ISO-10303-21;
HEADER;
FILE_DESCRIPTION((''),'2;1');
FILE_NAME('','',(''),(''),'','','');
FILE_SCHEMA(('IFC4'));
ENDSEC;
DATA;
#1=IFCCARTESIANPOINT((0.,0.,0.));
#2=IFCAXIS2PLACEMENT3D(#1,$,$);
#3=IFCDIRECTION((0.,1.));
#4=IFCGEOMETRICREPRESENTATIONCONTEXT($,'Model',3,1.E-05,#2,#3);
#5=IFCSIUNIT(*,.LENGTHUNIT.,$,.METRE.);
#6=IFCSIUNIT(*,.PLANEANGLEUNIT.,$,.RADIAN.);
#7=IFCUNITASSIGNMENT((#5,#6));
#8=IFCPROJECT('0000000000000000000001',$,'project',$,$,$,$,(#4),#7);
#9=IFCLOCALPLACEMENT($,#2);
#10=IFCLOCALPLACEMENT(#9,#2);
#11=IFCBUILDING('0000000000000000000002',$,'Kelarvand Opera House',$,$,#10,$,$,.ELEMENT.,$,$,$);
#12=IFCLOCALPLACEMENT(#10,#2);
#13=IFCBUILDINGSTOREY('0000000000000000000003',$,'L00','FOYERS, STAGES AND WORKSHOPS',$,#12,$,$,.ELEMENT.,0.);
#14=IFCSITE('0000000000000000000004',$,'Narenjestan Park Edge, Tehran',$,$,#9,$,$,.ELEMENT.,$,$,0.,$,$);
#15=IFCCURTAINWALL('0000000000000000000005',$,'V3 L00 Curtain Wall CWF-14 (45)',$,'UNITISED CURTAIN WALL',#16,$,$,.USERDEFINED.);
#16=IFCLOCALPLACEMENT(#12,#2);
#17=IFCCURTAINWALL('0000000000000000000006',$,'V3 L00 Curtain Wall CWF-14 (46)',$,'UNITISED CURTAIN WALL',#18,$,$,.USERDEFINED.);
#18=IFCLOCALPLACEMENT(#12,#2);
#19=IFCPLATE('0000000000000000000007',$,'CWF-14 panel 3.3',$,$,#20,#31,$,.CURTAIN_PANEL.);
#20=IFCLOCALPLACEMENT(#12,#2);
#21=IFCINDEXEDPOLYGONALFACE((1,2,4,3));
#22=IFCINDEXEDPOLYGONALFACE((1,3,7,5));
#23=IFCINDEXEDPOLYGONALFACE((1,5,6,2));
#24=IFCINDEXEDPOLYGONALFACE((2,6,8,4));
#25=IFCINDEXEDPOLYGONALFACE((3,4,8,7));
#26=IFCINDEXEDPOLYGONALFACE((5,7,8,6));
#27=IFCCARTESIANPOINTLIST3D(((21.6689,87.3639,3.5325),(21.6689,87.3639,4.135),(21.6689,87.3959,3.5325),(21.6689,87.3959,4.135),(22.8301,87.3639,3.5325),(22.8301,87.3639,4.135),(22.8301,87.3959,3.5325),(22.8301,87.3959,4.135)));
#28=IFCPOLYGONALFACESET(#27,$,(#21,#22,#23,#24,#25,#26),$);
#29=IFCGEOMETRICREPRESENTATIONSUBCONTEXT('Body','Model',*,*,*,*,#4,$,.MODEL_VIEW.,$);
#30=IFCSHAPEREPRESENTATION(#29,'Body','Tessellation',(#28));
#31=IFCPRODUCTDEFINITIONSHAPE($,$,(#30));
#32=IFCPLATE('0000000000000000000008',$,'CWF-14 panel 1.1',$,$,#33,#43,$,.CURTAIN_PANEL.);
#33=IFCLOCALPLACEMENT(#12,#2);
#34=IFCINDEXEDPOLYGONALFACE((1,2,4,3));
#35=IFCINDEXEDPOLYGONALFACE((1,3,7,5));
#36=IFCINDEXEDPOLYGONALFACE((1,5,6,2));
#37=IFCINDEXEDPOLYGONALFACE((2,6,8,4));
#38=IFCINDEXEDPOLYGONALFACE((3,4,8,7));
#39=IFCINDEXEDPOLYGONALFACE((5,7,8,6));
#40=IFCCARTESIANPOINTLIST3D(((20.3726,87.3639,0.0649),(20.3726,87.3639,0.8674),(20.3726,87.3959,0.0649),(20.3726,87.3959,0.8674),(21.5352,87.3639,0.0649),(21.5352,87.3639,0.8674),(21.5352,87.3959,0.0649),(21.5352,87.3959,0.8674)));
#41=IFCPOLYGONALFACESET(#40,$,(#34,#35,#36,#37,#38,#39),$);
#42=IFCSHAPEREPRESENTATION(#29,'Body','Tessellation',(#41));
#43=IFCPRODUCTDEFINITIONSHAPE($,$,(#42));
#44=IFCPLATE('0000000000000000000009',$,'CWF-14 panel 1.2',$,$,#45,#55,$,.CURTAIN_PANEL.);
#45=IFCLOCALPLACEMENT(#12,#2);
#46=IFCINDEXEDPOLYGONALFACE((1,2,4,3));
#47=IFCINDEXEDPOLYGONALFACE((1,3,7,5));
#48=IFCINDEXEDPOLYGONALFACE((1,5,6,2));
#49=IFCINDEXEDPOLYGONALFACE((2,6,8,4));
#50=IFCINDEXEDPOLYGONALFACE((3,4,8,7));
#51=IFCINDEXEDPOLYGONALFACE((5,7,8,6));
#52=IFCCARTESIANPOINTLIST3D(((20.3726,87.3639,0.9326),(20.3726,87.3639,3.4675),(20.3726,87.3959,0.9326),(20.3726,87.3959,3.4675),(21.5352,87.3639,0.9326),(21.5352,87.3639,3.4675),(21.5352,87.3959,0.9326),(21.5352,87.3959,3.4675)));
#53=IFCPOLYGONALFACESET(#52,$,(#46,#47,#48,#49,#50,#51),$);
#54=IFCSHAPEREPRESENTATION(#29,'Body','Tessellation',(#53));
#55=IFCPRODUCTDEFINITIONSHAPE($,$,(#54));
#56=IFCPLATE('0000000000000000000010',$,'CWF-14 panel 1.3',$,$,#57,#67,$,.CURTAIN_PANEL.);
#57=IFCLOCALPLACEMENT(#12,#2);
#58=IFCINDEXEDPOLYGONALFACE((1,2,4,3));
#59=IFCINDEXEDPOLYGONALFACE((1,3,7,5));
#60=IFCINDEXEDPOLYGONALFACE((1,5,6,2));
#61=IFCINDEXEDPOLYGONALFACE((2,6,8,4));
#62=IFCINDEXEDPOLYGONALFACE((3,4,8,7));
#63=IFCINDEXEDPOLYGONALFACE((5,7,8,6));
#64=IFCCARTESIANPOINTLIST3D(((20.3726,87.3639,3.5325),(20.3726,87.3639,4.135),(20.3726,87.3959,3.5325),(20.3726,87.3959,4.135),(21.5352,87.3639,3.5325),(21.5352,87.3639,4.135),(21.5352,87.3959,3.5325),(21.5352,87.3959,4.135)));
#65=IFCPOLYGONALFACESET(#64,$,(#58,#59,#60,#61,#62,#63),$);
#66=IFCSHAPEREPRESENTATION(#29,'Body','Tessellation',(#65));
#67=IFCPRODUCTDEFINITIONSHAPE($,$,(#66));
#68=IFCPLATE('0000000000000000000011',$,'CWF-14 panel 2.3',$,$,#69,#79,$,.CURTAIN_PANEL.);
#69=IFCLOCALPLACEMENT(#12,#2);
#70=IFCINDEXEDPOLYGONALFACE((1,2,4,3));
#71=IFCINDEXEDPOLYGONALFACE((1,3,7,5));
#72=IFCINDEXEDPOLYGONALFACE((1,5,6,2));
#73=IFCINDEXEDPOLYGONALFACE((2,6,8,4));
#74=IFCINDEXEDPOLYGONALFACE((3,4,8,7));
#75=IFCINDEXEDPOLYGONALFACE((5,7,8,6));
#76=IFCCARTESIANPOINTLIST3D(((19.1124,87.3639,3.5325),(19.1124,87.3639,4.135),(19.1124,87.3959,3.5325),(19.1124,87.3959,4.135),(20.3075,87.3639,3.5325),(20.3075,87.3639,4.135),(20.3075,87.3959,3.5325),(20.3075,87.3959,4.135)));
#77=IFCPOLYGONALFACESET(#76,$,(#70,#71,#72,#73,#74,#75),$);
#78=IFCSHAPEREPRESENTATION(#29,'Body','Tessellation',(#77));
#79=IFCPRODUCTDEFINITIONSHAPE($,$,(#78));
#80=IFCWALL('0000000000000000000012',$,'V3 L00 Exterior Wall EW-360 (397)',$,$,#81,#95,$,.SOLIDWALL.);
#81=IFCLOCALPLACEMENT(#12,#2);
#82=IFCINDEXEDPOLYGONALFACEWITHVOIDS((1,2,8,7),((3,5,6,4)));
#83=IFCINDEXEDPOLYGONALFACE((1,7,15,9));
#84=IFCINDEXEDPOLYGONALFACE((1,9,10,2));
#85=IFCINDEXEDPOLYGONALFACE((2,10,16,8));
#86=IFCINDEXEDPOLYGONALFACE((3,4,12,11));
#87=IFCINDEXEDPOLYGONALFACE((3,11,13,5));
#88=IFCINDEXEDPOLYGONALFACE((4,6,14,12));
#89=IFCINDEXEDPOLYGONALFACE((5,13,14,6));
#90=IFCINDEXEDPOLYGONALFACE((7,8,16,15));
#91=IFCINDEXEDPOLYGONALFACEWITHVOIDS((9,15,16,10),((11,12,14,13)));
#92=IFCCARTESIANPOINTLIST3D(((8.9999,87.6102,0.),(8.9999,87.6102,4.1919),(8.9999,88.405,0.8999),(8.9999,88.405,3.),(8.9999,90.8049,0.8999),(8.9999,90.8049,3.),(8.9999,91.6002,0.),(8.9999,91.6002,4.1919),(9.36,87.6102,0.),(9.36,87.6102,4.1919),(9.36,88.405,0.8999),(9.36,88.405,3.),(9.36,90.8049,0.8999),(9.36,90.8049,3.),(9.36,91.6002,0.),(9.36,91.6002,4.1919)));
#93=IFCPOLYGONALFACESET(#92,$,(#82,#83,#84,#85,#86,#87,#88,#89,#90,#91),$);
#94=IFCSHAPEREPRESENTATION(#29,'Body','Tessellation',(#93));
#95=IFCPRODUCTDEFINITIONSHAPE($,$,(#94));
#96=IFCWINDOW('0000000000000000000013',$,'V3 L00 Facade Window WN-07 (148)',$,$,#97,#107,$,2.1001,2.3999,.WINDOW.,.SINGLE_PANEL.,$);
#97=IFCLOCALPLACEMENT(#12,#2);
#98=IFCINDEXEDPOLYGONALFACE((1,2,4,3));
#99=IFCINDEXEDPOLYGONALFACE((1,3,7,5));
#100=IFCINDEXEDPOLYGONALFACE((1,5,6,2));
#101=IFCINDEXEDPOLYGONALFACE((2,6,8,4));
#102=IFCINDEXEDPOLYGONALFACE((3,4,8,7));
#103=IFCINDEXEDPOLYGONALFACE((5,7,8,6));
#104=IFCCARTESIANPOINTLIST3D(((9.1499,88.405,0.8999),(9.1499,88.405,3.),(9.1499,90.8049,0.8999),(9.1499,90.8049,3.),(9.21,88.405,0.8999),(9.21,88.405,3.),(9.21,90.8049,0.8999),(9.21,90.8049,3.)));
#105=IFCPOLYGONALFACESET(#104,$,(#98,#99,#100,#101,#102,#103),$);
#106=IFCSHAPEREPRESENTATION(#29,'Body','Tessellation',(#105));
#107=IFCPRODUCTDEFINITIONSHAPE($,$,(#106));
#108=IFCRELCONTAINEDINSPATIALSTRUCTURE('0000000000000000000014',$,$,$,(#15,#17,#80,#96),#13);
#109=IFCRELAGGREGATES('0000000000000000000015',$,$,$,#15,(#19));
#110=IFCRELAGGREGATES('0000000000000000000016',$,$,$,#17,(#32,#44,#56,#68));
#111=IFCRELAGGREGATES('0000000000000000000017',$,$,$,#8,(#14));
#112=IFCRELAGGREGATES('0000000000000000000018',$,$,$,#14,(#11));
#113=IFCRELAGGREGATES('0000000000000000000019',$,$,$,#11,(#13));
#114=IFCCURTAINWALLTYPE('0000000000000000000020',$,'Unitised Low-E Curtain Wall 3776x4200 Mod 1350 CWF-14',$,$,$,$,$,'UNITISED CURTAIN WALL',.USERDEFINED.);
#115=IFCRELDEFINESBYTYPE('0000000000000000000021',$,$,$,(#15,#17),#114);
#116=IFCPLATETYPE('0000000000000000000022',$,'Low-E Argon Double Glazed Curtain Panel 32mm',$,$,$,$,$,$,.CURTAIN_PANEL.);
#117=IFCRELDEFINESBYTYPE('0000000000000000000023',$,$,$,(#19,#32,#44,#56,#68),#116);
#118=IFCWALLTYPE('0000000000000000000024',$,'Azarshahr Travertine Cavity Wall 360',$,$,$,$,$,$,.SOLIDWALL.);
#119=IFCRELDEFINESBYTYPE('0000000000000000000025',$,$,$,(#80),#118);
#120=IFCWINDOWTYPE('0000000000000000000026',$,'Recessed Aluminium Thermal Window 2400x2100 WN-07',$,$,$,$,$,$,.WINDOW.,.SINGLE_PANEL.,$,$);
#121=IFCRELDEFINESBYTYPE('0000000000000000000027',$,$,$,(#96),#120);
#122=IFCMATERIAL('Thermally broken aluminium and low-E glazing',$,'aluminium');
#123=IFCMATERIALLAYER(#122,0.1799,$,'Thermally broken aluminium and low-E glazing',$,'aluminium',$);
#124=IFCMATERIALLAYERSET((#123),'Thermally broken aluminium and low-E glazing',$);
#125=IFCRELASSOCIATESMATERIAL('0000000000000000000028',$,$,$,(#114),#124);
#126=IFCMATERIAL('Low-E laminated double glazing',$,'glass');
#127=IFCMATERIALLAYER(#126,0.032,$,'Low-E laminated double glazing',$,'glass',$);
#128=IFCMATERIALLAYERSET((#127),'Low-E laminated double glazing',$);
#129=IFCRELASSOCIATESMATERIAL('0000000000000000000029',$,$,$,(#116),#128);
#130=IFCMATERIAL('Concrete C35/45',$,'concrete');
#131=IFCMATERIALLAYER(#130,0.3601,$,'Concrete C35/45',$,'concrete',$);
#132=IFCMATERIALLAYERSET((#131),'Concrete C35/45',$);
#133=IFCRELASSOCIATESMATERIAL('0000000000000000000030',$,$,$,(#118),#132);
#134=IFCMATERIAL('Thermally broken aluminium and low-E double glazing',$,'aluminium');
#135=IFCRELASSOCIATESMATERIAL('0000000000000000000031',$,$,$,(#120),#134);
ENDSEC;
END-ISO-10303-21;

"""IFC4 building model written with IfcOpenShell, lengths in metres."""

from ifc_helpers import new_model, si_unit, direction, frame, frame_2d, origin, origin_2d, place, context, subcontext, project, spatial, rectangle, extrude, material, layer, layer_set, type_object, element, fill, aggregate, save


model = new_model("IFC4")

# Units and contexts
model_context = context("Model", 3, precision=1e-05, world=origin(), true_north=direction((0.0, 1.0)))
body_context = subcontext(model_context, "Body", "Model", "MODEL_VIEW")
ifc_project = project(units=[si_unit("LENGTHUNIT", "METRE"), si_unit("PLANEANGLEUNIT", "RADIAN")], contexts=[model_context])

# Site, building, storey
site_placement = place(None, origin())
site = spatial("IfcSite", under=ifc_project, at=site_placement, Name="Narenjestan Park Edge, Tehran", CompositionType="ELEMENT", RefElevation=0.0)
building_placement = place(site_placement, origin())
building = spatial("IfcBuilding", under=site, at=building_placement, Name="Kelarvand Opera House", CompositionType="ELEMENT")
storey_placement = place(building_placement, origin())
storey = spatial("IfcBuildingStorey", under=building, at=storey_placement, Name="L00", Description="FOYERS, STAGES AND WORKSHOPS", CompositionType="ELEMENT", Elevation=0.0)

# Curtain wall
ifc_material_1 = material(Name="Thermally broken aluminium and low-E glazing", Category="aluminium")
ifc_layer_1 = layer(ifc_material_1, 0.1799, Name="Thermally broken aluminium and low-E glazing", Category="aluminium")
ifc_layer_set_1 = layer_set([ifc_layer_1], Name="Thermally broken aluminium and low-E glazing")
curtain_wall_type = type_object("IfcCurtainWallType", Name="Unitised Low-E Curtain Wall 3776x4200 Mod 1350 CWF-14", ElementType="UNITISED CURTAIN WALL", PredefinedType="USERDEFINED", material=ifc_layer_set_1)
curtain_wall_1_placement = place(storey_placement, origin())
curtain_wall_1 = element("IfcCurtainWall", 1, at=curtain_wall_1_placement, inside=storey, type_object=curtain_wall_type, Name="V3 L00 Curtain Wall CWF-14 (45)", ObjectType="UNITISED CURTAIN WALL", PredefinedType="USERDEFINED")

# Curtain wall
curtain_wall_2_placement = place(storey_placement, origin())
curtain_wall_2 = element("IfcCurtainWall", 2, at=curtain_wall_2_placement, inside=storey, type_object=curtain_wall_type, Name="V3 L00 Curtain Wall CWF-14 (46)", ObjectType="UNITISED CURTAIN WALL", PredefinedType="USERDEFINED")

# Plates
ifc_material_2 = material(Name="Low-E laminated double glazing", Category="glass")
ifc_layer_2 = layer(ifc_material_2, 0.032, Name="Low-E laminated double glazing", Category="glass")
ifc_layer_set_2 = layer_set([ifc_layer_2], Name="Low-E laminated double glazing")
plate_type = type_object("IfcPlateType", Name="Low-E Argon Double Glazed Curtain Panel 32mm", PredefinedType="CURTAIN_PANEL", material=ifc_layer_set_2)
plate_1_placement = place(storey_placement, frame((22.2495, 87.3799, 3.5325), z_axis=(0.0, 0.0, 1.0), x_axis=(-1.0, 0.0, 0.0)))
plate_1 = element("IfcPlate", 3, at=plate_1_placement, type_object=plate_type, Name="CWF-14 panel 3.3", PredefinedType="CURTAIN_PANEL", context=body_context, shape_type="SweptSolid", body=[
    extrude(rectangle(XDim=1.1611, YDim=0.032, at=origin_2d()), origin(), (0.0, 0.0, 1.0), 0.6025),
])
aggregate(curtain_wall_1, [plate_1])
plate_2_placement = place(storey_placement, frame((20.9539, 87.3799, 0.0649), z_axis=(0.0, 0.0, 1.0), x_axis=(-1.0, 0.0, 0.0)))
plate_2 = element("IfcPlate", 4, at=plate_2_placement, type_object=plate_type, Name="CWF-14 panel 1.1", PredefinedType="CURTAIN_PANEL", context=body_context, shape_type="SweptSolid", body=[
    extrude(rectangle(XDim=1.1626, YDim=0.032, at=origin_2d()), origin(), (0.0, 0.0, 1.0), 0.8025),
])
plate_3_placement = place(storey_placement, frame((20.9539, 87.3799, 0.9326), z_axis=(0.0, 0.0, 1.0), x_axis=(-1.0, 0.0, 0.0)))
plate_3 = element("IfcPlate", 5, at=plate_3_placement, type_object=plate_type, Name="CWF-14 panel 1.2", PredefinedType="CURTAIN_PANEL", context=body_context, shape_type="SweptSolid", body=[
    extrude(rectangle(XDim=1.1626, YDim=0.032, at=origin_2d()), origin(), (0.0, 0.0, 1.0), 2.5349),
])
plate_4_placement = place(storey_placement, frame((20.9539, 87.3799, 3.5325), z_axis=(0.0, 0.0, 1.0), x_axis=(-1.0, 0.0, 0.0)))
plate_4 = element("IfcPlate", 6, at=plate_4_placement, type_object=plate_type, Name="CWF-14 panel 1.3", PredefinedType="CURTAIN_PANEL", context=body_context, shape_type="SweptSolid", body=[
    extrude(rectangle(XDim=1.1626, YDim=0.032, at=origin_2d()), origin(), (0.0, 0.0, 1.0), 0.6025),
])
plate_5_placement = place(storey_placement, frame((19.71, 87.3799, 3.5325), z_axis=(0.0, 0.0, 1.0), x_axis=(-1.0, 0.0, 0.0)))
plate_5 = element("IfcPlate", 7, at=plate_5_placement, type_object=plate_type, Name="CWF-14 panel 2.3", PredefinedType="CURTAIN_PANEL", context=body_context, shape_type="SweptSolid", body=[
    extrude(rectangle(XDim=1.1951, YDim=0.032, at=origin_2d()), origin(), (0.0, 0.0, 1.0), 0.6025),
])
aggregate(curtain_wall_2, [plate_2, plate_3, plate_4, plate_5])

# Wall, opening, window
ifc_material_3 = material(Name="Concrete C35/45", Category="concrete")
ifc_layer_3 = layer(ifc_material_3, 0.3601, Name="Concrete C35/45", Category="concrete")
ifc_layer_set_3 = layer_set([ifc_layer_3], Name="Concrete C35/45")
wall_type = type_object("IfcWallType", Name="Azarshahr Travertine Cavity Wall 360", PredefinedType="SOLIDWALL", material=ifc_layer_set_3)
wall_placement = place(storey_placement, frame((9.1799, 87.6101, 0.0), z_axis=(0.0, 0.0, 1.0), x_axis=(0.0, 1.0, 0.0)))
wall = element("IfcWall", 8, at=wall_placement, inside=storey, type_object=wall_type, Name="V3 L00 Exterior Wall EW-360 (397)", PredefinedType="SOLIDWALL", context=body_context, shape_type="SweptSolid", body=[
    extrude(rectangle(XDim=3.99, YDim=0.3601, at=frame_2d((1.9951, 0.0))), origin(), (0.0, 0.0, 1.0), 4.1919),
])
opening_placement = place(wall_placement, frame((0.7949, 0.0, 0.8999)))
opening = element("IfcOpeningElement", 9, at=opening_placement, cuts=wall, PredefinedType="OPENING", context=body_context, shape_type="SweptSolid", body=[
    extrude(rectangle(XDim=2.3999, YDim=2.1001, at=frame_2d((1.2, 1.05))), frame((0.0, 0.1899, 0.0), z_axis=(0.0, -1.0, 0.0), x_axis=(1.0, 0.0, 0.0)), (0.0, 0.0, 1.0), 0.3801),
])
ifc_material_4 = material(Name="Thermally broken aluminium and low-E double glazing", Category="aluminium")
window_type = type_object("IfcWindowType", Name="Recessed Aluminium Thermal Window 2400x2100 WN-07", PartitioningType="SINGLE_PANEL", PredefinedType="WINDOW", material=ifc_material_4)
window_placement = place(opening_placement, origin())
window = element("IfcWindow", 10, at=window_placement, inside=storey, type_object=window_type, Name="V3 L00 Facade Window WN-07 (148)", OverallHeight=2.1001, OverallWidth=2.3999, PartitioningType="SINGLE_PANEL", PredefinedType="WINDOW", context=body_context, shape_type="SweptSolid", body=[
    extrude(rectangle(XDim=2.3999, YDim=2.1001, at=frame_2d((1.2, 1.05))), frame((0.0, 0.03, 0.0), z_axis=(0.0, -1.0, 0.0), x_axis=(1.0, 0.0, 0.0)), (0.0, 0.0, 1.0), 0.0601),
])
fill(opening, window)

save(model, "model.ifc")
